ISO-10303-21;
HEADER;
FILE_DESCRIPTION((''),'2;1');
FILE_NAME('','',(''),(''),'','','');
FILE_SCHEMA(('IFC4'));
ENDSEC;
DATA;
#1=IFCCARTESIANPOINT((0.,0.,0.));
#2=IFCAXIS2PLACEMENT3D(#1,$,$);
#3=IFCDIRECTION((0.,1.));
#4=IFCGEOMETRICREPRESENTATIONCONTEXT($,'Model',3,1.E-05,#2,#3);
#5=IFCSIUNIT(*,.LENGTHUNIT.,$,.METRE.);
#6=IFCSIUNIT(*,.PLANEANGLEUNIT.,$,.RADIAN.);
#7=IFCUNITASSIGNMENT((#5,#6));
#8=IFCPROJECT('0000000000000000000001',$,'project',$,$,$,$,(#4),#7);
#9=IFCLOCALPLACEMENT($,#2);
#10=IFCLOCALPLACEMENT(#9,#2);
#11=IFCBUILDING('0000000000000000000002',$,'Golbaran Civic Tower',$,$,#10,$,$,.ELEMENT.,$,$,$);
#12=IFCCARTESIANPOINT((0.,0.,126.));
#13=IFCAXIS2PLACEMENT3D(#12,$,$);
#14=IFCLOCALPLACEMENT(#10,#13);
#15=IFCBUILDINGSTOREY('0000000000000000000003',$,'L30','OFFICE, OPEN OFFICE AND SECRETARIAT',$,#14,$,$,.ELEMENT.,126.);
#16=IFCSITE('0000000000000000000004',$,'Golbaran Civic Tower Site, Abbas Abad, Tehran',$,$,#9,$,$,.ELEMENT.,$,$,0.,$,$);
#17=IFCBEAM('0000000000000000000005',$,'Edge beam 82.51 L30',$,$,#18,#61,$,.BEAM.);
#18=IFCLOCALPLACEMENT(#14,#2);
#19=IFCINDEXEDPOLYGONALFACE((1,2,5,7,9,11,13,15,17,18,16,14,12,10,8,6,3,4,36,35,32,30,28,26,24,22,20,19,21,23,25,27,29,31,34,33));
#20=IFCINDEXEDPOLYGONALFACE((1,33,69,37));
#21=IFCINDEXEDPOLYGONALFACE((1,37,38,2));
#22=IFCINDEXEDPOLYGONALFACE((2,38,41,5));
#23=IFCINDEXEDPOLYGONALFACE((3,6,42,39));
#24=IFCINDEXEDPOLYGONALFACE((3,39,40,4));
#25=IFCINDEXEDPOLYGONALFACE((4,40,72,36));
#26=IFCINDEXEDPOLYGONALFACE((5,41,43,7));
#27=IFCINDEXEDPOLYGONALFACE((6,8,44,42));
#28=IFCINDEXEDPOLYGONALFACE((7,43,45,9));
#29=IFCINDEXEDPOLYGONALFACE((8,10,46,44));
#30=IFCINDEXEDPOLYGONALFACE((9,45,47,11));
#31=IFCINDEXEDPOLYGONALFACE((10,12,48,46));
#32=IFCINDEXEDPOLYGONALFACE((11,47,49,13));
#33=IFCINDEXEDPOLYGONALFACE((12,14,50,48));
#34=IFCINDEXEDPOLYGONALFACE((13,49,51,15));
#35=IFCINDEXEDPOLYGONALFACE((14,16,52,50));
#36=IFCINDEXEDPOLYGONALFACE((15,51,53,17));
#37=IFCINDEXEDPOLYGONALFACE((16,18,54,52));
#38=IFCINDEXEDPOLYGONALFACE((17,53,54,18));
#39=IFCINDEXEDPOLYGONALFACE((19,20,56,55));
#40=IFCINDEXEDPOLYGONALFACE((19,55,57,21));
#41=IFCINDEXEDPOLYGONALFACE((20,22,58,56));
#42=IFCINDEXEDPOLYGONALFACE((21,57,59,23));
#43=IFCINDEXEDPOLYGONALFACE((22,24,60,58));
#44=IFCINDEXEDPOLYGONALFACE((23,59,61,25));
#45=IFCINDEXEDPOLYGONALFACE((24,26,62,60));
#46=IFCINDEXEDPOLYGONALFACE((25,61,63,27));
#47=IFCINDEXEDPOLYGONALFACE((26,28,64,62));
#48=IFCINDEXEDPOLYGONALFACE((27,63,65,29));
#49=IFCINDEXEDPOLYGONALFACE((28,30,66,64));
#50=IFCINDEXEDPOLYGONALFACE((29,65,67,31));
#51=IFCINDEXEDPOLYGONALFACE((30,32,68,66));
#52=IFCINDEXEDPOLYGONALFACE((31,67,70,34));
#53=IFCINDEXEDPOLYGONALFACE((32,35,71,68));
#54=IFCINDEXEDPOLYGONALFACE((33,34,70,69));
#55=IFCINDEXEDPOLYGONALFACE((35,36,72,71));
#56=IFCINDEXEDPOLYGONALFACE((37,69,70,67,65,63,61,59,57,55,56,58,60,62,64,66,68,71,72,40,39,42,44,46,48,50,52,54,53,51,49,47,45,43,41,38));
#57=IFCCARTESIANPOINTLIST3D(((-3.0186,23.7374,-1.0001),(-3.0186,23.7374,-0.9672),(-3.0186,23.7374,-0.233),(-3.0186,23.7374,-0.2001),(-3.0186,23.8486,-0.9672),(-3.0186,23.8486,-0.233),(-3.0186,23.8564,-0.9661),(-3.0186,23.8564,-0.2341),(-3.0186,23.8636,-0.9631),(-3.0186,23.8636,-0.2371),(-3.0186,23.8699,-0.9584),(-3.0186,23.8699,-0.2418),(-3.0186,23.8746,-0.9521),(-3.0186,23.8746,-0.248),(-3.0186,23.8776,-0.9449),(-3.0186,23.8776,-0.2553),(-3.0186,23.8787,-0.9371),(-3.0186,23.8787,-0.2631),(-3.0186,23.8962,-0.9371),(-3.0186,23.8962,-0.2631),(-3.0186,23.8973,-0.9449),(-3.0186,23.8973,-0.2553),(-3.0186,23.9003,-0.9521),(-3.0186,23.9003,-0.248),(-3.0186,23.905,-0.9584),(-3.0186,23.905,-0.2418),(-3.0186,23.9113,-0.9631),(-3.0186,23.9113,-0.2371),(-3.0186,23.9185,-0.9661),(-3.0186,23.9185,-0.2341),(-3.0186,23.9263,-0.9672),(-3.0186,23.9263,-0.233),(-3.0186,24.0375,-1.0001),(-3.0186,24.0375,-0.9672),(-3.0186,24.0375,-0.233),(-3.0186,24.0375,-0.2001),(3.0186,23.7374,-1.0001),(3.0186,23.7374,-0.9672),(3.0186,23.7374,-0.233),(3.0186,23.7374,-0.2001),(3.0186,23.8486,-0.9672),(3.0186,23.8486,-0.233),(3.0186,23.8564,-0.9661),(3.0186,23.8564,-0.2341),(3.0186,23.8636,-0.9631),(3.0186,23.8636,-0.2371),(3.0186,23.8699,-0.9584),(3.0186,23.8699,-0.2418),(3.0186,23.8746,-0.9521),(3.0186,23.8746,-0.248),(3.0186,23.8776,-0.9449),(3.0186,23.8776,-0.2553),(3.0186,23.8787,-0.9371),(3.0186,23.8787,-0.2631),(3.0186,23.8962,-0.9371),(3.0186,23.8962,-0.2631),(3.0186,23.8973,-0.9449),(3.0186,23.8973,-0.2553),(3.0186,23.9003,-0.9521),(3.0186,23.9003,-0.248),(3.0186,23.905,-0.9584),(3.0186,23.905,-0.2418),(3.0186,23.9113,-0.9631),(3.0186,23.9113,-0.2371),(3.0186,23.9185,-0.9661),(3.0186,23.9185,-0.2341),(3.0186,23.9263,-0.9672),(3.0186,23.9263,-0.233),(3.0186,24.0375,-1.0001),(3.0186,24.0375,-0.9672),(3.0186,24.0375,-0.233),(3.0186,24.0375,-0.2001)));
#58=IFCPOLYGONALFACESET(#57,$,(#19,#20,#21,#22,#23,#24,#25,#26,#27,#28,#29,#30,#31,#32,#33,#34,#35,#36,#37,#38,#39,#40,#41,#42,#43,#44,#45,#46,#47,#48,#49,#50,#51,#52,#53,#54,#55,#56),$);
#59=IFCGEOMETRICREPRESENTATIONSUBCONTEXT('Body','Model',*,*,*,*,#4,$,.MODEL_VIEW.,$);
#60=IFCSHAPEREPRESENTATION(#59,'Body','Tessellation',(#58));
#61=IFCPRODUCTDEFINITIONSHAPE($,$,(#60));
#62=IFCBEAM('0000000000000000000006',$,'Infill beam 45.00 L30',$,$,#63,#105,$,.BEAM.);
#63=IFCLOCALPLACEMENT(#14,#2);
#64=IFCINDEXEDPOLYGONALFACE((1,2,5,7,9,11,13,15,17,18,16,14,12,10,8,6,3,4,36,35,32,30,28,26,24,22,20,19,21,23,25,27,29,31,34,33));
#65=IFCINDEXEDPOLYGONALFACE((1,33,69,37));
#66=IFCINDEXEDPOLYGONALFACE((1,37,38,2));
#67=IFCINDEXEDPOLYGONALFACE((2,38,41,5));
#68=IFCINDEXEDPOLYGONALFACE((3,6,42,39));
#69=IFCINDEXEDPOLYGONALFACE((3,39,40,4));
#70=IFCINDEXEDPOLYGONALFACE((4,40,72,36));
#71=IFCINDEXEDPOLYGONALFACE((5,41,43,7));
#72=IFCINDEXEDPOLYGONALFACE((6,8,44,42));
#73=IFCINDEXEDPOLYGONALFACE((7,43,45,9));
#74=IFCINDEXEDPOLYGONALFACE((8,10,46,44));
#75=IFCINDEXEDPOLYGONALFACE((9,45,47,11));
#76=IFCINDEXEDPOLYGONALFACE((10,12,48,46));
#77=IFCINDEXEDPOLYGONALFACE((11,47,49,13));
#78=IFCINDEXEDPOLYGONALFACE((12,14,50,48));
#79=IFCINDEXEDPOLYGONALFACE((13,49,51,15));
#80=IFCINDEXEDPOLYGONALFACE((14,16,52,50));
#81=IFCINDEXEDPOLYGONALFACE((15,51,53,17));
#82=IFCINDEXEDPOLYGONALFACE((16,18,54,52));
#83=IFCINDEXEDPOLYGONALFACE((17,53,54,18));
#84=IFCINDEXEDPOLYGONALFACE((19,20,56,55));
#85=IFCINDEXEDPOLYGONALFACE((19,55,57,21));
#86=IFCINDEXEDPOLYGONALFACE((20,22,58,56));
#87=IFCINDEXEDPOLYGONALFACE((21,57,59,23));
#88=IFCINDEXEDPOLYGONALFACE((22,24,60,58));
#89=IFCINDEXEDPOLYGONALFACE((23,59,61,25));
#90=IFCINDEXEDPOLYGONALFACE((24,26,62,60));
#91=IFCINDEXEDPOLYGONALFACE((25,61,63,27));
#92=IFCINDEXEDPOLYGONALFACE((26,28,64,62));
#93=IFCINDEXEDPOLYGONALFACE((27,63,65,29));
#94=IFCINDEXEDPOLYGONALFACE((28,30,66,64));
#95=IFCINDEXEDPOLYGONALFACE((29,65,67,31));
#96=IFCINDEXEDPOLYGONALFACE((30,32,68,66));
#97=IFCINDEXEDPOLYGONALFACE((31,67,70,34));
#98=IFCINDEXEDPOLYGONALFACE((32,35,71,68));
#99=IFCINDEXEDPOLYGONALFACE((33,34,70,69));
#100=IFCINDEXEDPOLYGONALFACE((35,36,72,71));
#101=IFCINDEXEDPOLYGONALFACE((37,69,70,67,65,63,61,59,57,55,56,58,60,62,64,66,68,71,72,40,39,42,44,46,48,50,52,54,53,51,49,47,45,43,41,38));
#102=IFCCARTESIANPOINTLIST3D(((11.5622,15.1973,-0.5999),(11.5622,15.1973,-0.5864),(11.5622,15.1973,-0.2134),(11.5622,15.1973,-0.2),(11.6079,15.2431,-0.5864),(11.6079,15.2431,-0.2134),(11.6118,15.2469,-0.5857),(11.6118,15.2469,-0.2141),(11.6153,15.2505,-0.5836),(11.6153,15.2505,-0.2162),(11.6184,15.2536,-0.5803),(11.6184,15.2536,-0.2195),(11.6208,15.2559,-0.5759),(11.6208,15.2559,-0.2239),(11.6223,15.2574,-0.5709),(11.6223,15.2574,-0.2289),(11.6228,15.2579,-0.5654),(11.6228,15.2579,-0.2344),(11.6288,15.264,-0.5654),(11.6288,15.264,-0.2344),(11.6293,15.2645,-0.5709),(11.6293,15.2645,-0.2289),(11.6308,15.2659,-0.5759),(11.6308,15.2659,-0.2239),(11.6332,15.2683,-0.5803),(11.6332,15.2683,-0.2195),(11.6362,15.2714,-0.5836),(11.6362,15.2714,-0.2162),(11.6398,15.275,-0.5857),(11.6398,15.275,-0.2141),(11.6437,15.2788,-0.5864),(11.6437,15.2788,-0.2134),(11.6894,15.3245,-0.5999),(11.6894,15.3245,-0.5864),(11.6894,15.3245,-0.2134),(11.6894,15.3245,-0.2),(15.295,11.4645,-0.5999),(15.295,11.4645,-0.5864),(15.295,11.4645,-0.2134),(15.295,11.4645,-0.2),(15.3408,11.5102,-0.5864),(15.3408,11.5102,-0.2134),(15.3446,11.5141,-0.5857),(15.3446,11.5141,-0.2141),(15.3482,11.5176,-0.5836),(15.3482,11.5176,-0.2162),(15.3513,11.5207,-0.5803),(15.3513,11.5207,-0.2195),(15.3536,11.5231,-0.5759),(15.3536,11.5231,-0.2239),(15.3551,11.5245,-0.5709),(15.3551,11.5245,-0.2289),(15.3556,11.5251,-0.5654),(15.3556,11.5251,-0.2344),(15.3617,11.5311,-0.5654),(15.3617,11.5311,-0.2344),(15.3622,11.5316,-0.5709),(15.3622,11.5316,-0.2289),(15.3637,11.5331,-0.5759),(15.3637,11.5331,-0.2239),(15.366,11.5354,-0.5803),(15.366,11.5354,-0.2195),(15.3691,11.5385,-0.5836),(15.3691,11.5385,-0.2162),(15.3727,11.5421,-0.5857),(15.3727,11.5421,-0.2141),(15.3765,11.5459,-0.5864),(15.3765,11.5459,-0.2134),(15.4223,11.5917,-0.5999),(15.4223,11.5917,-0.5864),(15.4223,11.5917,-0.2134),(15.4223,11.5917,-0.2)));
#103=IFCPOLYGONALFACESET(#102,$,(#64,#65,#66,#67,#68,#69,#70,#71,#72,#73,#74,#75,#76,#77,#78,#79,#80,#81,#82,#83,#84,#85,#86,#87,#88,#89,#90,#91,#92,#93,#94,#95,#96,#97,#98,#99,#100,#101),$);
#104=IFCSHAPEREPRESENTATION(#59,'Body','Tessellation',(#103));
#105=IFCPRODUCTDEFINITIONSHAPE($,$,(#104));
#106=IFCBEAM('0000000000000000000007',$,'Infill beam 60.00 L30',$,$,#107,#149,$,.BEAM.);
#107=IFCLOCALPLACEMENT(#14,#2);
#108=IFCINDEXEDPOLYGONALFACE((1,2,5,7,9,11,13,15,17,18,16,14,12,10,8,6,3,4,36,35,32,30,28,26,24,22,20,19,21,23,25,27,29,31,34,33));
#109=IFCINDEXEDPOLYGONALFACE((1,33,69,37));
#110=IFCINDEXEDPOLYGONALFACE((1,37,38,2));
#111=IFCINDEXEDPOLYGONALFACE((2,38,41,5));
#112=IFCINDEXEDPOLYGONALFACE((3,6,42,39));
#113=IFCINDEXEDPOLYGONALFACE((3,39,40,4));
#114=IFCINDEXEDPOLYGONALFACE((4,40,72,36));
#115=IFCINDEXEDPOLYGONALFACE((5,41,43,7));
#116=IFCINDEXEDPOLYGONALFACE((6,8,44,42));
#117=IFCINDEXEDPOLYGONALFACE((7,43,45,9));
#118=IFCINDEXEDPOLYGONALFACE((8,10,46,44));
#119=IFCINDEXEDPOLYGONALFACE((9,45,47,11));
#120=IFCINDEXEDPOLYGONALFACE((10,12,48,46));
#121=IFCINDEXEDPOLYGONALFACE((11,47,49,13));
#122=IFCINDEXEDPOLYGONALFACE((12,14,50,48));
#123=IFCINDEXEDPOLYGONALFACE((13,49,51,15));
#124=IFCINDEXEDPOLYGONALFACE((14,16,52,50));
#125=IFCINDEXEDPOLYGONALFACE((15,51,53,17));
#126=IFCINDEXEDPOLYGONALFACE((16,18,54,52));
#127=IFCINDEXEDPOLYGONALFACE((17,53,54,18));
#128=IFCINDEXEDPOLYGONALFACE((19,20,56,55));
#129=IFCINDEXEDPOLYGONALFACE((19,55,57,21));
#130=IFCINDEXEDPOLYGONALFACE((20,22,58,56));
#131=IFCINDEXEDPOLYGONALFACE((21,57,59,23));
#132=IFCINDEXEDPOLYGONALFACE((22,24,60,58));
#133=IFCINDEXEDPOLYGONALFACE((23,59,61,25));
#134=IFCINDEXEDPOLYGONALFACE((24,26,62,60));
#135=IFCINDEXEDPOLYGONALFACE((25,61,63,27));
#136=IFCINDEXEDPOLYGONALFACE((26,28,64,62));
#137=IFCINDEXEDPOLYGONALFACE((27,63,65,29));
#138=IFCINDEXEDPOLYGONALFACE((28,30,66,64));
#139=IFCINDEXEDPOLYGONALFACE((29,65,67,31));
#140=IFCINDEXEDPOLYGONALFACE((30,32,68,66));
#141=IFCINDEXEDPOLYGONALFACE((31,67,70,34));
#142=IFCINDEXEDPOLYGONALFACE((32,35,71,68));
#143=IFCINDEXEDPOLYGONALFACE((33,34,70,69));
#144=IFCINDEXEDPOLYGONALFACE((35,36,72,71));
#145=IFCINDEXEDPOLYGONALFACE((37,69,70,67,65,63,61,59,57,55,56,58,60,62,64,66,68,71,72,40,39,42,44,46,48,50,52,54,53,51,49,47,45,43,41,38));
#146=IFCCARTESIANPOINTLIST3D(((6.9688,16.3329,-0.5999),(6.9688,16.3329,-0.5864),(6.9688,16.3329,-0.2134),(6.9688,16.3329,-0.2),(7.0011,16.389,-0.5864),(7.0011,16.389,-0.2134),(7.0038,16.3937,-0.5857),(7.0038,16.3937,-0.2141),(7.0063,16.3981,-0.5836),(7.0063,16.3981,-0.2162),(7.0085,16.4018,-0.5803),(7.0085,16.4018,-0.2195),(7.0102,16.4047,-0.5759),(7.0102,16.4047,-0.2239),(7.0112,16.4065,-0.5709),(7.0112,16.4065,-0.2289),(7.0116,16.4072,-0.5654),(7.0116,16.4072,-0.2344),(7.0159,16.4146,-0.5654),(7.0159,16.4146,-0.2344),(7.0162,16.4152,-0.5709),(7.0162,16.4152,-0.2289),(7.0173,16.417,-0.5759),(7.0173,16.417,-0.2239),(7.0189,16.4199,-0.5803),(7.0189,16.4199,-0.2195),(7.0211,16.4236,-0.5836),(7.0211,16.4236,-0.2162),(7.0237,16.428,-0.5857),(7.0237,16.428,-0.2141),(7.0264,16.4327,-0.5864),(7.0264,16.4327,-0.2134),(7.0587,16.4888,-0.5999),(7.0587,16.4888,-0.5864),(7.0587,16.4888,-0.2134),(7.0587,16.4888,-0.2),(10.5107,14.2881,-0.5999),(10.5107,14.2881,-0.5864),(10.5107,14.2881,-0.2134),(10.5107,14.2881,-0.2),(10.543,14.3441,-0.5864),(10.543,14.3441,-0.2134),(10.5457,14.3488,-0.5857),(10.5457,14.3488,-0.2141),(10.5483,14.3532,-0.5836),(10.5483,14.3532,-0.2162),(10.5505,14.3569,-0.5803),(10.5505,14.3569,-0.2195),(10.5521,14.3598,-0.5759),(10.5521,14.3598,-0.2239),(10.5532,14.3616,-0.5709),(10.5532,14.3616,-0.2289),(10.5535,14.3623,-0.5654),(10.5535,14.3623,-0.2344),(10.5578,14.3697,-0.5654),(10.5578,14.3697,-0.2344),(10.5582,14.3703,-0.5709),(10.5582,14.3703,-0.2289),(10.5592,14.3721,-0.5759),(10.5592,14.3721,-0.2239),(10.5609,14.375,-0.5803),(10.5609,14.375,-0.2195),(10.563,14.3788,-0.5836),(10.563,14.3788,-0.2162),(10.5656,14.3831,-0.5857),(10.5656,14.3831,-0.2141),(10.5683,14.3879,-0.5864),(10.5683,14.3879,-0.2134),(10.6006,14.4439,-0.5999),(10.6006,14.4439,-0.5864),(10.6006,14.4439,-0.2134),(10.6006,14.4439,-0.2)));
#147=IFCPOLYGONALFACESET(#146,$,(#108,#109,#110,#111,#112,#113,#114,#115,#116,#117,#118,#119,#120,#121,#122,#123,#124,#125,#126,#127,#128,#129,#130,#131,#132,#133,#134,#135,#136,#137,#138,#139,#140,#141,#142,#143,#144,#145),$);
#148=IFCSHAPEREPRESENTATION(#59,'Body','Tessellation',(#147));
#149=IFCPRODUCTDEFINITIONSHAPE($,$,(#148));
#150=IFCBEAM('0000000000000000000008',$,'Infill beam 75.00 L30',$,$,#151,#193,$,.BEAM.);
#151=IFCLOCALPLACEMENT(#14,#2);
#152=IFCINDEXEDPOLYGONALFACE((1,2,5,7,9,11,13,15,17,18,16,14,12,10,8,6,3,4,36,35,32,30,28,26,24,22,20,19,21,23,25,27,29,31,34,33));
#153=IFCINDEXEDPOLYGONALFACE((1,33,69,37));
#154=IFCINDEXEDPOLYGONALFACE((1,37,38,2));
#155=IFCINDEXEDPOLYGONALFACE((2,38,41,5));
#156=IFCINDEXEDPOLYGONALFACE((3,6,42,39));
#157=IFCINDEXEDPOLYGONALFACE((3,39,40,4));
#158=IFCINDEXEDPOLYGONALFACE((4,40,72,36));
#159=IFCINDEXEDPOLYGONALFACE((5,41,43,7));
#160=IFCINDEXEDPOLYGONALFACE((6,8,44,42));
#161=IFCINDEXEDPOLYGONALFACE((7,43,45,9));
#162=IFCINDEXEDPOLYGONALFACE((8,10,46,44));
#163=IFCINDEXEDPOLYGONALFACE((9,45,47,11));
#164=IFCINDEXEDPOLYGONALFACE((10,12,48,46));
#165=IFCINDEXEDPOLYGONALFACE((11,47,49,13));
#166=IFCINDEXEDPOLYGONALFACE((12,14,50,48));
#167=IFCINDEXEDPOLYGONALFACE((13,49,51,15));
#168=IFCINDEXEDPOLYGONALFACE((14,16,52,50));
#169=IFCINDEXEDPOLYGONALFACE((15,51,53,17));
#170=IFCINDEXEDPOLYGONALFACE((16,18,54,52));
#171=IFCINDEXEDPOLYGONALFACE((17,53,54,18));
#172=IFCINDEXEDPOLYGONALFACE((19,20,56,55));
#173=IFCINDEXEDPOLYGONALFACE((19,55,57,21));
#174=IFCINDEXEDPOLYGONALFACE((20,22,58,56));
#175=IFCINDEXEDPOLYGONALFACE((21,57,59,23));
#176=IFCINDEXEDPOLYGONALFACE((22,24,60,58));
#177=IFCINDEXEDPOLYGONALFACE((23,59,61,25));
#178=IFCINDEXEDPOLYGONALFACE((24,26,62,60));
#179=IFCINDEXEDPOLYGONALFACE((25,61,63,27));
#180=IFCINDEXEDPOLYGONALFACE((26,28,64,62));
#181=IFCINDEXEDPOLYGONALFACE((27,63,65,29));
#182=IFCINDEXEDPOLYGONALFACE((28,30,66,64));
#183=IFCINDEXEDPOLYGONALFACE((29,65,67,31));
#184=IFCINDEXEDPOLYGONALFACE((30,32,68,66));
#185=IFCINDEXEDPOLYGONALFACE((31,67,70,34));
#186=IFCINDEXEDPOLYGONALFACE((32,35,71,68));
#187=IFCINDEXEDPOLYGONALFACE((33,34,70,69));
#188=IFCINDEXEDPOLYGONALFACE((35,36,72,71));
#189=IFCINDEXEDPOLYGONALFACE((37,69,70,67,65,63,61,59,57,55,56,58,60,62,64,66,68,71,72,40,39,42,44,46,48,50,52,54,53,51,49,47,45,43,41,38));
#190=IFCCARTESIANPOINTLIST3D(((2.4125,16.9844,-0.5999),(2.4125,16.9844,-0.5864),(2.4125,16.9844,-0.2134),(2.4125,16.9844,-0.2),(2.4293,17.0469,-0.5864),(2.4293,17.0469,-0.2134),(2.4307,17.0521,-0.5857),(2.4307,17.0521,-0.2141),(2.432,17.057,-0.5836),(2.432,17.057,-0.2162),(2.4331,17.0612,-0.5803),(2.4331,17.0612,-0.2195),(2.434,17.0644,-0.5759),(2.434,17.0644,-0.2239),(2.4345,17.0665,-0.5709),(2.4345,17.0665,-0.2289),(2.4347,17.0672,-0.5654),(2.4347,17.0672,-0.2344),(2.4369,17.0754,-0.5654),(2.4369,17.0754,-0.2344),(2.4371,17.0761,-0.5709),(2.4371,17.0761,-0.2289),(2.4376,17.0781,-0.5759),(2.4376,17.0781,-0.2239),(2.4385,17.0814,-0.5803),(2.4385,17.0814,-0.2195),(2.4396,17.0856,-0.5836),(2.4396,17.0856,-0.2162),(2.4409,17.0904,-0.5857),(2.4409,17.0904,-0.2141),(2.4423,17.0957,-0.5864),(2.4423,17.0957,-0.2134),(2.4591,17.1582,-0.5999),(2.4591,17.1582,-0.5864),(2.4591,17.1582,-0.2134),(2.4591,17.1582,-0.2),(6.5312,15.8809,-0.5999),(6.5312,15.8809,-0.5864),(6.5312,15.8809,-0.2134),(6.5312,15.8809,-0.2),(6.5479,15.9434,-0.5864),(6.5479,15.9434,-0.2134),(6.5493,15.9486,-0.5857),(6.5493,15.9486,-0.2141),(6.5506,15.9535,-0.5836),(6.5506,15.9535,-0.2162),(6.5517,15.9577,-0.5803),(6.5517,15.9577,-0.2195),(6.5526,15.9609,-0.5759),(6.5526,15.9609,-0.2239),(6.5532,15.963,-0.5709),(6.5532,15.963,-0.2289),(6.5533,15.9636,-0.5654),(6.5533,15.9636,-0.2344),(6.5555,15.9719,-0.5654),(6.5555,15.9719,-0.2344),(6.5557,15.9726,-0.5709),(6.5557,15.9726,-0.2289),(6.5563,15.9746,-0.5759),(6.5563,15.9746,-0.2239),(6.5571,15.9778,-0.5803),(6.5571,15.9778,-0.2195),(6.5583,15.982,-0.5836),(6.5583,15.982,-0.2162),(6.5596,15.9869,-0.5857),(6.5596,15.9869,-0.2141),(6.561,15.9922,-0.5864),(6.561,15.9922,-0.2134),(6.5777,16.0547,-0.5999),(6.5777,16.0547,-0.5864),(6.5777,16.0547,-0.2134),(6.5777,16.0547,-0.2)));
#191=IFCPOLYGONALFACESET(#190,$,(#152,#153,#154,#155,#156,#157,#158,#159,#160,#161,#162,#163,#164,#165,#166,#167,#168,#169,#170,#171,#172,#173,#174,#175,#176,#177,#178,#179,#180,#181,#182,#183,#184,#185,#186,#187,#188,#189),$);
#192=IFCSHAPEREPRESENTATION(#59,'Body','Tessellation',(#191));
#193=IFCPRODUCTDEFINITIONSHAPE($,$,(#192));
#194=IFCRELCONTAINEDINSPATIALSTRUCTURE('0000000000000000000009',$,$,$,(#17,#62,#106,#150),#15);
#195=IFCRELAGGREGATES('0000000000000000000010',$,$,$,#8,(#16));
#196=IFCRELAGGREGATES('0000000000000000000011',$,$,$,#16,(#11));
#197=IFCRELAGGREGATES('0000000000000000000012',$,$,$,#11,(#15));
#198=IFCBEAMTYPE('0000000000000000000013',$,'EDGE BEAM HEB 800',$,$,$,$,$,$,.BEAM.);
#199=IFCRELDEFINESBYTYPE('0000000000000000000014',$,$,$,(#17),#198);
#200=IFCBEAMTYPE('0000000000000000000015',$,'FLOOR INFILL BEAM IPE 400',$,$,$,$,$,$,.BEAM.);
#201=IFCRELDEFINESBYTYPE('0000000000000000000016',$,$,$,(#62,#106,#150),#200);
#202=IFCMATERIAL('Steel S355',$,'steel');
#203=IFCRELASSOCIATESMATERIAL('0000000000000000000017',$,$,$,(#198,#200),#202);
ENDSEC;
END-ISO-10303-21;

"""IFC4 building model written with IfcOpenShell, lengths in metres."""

from ifc_helpers import new_model, si_unit, direction, frame, origin, origin_2d, place, context, subcontext, project, spatial, i_section, extrude, material, material_profile, profile_set, type_object, element, save


model = new_model("IFC4")

# Units and contexts
model_context = context("Model", 3, precision=1e-05, world=origin(), true_north=direction((0.0, 1.0)))
body_context = subcontext(model_context, "Body", "Model", "MODEL_VIEW")
ifc_project = project(units=[si_unit("LENGTHUNIT", "METRE"), si_unit("PLANEANGLEUNIT", "RADIAN")], contexts=[model_context])

# Site, building, storey
site_placement = place(None, origin())
site = spatial("IfcSite", under=ifc_project, at=site_placement, Name="Golbaran Civic Tower Site, Abbas Abad, Tehran", CompositionType="ELEMENT", RefElevation=0.0)
building_placement = place(site_placement, origin())
building = spatial("IfcBuilding", under=site, at=building_placement, Name="Golbaran Civic Tower", CompositionType="ELEMENT")
storey_placement = place(building_placement, frame((0.0, 0.0, 126.0)))
storey = spatial("IfcBuildingStorey", under=building, at=storey_placement, Name="L30", Description="OFFICE, OPEN OFFICE AND SECRETARIAT", CompositionType="ELEMENT", Elevation=126.0)

# Beams
ifc_material_1 = material(Name="Steel S355", Category="steel")
ifc_material_profile_1 = material_profile(ifc_material_1, i_section(OverallWidth=0.3, OverallDepth=0.8, WebThickness=0.0176, FlangeThickness=0.033, FilletRadius=0.03, at=origin_2d()), Name="HEB 800")
ifc_profile_set_1 = profile_set([ifc_material_profile_1], Name="Steel S355")
beam_type_1 = type_object("IfcBeamType", Name="EDGE BEAM HEB 800", PredefinedType="BEAM", material=ifc_profile_set_1)
beam_1_placement = place(storey_placement, frame((3.0186, 23.8875, -0.6001), z_axis=(-1.0, 0.0, 0.0), x_axis=(0.0, -1.0, 0.0)))
element("IfcBeam", 1, at=beam_1_placement, inside=storey, type_object=beam_type_1, Name="Edge beam 82.51 L30", PredefinedType="BEAM", context=body_context, shape_type="SweptSolid", body=[
    extrude(i_section(OverallWidth=0.3, OverallDepth=0.8, WebThickness=0.0176, FlangeThickness=0.033, FilletRadius=0.03, at=origin_2d()), origin(), (0.0, 0.0, 1.0), 6.0371),
])
ifc_material_profile_2 = material_profile(ifc_material_1, i_section(OverallWidth=0.1799, OverallDepth=0.3999, WebThickness=0.0085, FlangeThickness=0.0134, FilletRadius=0.021, at=origin_2d()), Name="IPE 400")
ifc_profile_set_2 = profile_set([ifc_material_profile_2], Name="Steel S355")
beam_type_2 = type_object("IfcBeamType", Name="FLOOR INFILL BEAM IPE 400", PredefinedType="BEAM", material=ifc_profile_set_2)
beam_2_placement = place(storey_placement, frame((15.3586, 11.5281, -0.3999), z_axis=(-0.707107, 0.707107, 0.0), x_axis=(-0.707107, -0.707107, 0.0)))
element("IfcBeam", 2, at=beam_2_placement, inside=storey, type_object=beam_type_2, Name="Infill beam 45.00 L30", PredefinedType="BEAM", context=body_context, shape_type="SweptSolid", body=[
    extrude(i_section(OverallWidth=0.1799, OverallDepth=0.3999, WebThickness=0.0085, FlangeThickness=0.0134, FilletRadius=0.021, at=origin_2d()), origin(), (0.0, 0.0, 1.0), 5.2791),
])
beam_3_placement = place(storey_placement, frame((10.5557, 14.366, -0.3999), z_axis=(-0.866031, 0.499991, 0.0), x_axis=(-0.499991, -0.866031, 0.0)))
element("IfcBeam", 3, at=beam_3_placement, inside=storey, type_object=beam_type_2, Name="Infill beam 60.00 L30", PredefinedType="BEAM", context=body_context, shape_type="SweptSolid", body=[
    extrude(i_section(OverallWidth=0.1799, OverallDepth=0.3999, WebThickness=0.0085, FlangeThickness=0.0134, FilletRadius=0.021, at=origin_2d()), origin(), (0.0, 0.0, 1.0), 4.0898),
])
beam_4_placement = place(storey_placement, frame((6.5544, 15.9678, -0.3999), z_axis=(-0.96593, 0.258803, 0.0), x_axis=(-0.258803, -0.96593, 0.0)))
element("IfcBeam", 4, at=beam_4_placement, inside=storey, type_object=beam_type_2, Name="Infill beam 75.00 L30", PredefinedType="BEAM", context=body_context, shape_type="SweptSolid", body=[
    extrude(i_section(OverallWidth=0.1799, OverallDepth=0.3999, WebThickness=0.0085, FlangeThickness=0.0134, FilletRadius=0.021, at=origin_2d()), origin(), (0.0, 0.0, 1.0), 4.2639),
])

save(model, "model.ifc")
